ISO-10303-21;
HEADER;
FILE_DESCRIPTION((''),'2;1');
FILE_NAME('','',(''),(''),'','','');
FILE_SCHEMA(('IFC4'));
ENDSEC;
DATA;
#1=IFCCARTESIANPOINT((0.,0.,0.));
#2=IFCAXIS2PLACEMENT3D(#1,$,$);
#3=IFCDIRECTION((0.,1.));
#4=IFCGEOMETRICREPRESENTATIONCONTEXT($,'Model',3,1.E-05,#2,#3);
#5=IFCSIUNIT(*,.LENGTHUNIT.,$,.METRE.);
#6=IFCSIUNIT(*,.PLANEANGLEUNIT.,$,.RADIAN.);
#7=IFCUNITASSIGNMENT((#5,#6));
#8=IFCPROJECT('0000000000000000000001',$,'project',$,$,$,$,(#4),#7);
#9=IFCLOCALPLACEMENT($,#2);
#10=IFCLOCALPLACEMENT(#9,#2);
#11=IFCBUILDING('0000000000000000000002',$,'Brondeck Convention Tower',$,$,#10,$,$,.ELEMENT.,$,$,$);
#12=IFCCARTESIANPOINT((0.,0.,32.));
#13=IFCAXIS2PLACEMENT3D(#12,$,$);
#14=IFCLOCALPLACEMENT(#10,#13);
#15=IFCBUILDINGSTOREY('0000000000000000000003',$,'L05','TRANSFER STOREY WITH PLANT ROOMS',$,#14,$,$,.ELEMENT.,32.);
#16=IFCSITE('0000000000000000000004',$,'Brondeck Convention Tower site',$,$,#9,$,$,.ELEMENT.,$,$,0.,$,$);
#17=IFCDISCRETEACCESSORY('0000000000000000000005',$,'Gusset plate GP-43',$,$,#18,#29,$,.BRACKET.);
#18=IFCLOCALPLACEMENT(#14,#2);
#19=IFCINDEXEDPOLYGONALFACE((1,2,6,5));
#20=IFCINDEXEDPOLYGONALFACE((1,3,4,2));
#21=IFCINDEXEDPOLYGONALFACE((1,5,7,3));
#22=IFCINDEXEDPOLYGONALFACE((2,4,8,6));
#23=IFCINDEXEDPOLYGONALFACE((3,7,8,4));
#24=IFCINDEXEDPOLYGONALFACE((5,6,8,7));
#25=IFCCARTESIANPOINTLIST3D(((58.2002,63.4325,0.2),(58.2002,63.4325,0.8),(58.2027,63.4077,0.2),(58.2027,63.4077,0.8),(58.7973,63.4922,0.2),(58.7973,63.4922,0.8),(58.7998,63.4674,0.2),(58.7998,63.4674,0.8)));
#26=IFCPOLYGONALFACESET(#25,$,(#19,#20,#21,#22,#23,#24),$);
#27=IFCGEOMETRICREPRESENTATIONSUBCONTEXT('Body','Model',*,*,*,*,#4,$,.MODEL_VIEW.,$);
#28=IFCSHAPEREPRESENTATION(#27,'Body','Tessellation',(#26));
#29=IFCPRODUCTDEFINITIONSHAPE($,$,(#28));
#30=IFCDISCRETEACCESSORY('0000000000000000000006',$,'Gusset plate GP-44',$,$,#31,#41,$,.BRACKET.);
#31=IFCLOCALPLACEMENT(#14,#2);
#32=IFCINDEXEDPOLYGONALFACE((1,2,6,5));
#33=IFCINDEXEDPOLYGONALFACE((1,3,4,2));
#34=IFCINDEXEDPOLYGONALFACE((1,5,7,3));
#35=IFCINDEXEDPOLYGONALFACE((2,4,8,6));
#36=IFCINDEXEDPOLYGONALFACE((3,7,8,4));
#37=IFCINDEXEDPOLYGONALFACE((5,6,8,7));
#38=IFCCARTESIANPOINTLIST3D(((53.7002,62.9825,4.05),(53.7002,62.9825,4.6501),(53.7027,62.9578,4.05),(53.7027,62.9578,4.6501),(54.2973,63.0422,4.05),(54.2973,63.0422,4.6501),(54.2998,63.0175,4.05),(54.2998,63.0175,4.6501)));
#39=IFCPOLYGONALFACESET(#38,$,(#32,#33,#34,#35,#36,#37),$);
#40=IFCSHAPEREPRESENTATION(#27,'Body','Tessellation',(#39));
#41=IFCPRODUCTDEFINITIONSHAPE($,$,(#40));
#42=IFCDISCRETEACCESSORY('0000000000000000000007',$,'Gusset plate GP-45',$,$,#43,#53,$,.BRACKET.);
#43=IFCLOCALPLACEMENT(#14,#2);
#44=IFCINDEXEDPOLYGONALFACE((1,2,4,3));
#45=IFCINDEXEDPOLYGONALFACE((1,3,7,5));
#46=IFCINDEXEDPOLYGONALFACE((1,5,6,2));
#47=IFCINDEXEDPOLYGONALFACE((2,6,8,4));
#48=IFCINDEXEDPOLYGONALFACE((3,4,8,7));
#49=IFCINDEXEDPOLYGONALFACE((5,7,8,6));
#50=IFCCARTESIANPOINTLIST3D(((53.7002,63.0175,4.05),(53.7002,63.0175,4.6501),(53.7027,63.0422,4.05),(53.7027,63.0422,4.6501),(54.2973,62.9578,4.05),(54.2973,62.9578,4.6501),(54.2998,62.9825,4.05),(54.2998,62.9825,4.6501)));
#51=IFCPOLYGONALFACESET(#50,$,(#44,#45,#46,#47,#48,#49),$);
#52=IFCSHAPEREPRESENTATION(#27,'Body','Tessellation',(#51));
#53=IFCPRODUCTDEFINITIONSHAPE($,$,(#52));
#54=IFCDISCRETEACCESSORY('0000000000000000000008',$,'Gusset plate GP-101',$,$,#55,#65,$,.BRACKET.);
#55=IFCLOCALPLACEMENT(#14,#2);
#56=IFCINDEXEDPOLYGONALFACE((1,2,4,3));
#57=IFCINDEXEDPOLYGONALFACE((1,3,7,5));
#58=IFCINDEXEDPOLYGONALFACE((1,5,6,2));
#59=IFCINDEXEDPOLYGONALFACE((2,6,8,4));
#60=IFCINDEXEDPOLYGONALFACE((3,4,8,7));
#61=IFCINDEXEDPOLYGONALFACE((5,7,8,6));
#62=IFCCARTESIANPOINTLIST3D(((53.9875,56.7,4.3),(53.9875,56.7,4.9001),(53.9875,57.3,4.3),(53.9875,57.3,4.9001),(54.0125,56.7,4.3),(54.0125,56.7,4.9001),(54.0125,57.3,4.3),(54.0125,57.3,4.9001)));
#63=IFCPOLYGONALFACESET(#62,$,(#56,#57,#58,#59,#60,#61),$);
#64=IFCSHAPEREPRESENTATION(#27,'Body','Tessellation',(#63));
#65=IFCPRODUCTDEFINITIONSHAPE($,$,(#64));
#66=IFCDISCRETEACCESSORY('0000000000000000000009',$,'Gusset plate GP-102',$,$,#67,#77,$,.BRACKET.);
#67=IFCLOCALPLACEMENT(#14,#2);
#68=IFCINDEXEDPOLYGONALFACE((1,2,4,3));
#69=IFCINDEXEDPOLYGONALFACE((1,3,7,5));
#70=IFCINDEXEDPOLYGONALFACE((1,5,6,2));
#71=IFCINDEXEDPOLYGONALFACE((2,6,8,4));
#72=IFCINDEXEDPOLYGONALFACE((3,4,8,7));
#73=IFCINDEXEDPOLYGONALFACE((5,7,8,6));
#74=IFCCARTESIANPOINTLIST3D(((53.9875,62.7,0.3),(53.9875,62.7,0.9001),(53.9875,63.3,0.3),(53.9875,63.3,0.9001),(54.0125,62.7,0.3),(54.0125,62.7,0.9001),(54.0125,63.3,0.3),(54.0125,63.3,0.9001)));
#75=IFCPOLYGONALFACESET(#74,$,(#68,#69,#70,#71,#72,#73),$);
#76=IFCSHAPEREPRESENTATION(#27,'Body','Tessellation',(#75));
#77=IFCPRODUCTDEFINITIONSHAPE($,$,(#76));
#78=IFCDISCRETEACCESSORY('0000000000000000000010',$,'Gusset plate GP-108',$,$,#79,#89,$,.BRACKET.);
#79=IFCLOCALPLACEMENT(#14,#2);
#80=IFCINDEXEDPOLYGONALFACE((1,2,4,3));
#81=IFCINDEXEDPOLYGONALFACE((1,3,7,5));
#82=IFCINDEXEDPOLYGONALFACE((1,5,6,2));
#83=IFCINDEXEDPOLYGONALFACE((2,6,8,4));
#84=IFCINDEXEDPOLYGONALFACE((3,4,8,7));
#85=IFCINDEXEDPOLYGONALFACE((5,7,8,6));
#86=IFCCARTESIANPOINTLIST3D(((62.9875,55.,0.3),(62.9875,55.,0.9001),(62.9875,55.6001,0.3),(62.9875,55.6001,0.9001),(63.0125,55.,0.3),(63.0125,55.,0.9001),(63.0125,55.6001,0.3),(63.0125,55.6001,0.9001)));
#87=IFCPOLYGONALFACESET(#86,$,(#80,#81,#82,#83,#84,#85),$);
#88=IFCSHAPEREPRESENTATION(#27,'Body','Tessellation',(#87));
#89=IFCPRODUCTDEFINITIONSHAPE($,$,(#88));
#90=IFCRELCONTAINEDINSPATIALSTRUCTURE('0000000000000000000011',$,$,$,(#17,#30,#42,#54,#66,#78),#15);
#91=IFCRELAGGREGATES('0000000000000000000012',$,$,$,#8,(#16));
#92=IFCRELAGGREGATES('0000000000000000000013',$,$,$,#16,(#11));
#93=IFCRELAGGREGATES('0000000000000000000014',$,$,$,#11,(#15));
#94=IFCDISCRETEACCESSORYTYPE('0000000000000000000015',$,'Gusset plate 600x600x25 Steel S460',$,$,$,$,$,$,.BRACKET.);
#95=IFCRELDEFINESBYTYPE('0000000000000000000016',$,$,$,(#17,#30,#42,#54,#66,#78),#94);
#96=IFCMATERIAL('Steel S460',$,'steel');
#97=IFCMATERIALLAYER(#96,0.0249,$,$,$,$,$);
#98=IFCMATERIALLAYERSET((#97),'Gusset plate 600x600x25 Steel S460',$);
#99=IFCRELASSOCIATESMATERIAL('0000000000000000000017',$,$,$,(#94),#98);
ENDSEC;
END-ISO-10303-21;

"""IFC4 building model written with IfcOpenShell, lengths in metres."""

from ifc_helpers import new_model, si_unit, direction, frame, origin, origin_2d, place, context, subcontext, project, spatial, rectangle, extrude, material, layer, layer_set, type_object, element, save


model = new_model("IFC4")

# Units and contexts
model_context = context("Model", 3, precision=1e-05, world=origin(), true_north=direction((0.0, 1.0)))
body_context = subcontext(model_context, "Body", "Model", "MODEL_VIEW")
ifc_project = project(units=[si_unit("LENGTHUNIT", "METRE"), si_unit("PLANEANGLEUNIT", "RADIAN")], contexts=[model_context])

# Site, building, storey
site_placement = place(None, origin())
site = spatial("IfcSite", under=ifc_project, at=site_placement, Name="Brondeck Convention Tower site", CompositionType="ELEMENT", RefElevation=0.0)
building_placement = place(site_placement, origin())
building = spatial("IfcBuilding", under=site, at=building_placement, Name="Brondeck Convention Tower", CompositionType="ELEMENT")
storey_placement = place(building_placement, frame((0.0, 0.0, 32.0)))
storey = spatial("IfcBuildingStorey", under=building, at=storey_placement, Name="L05", Description="TRANSFER STOREY WITH PLANT ROOMS", CompositionType="ELEMENT", Elevation=32.0)

# Shared definitions
ifc_material_1 = material(Name="Steel S460", Category="steel")

# Discrete accessories
ifc_layer_1 = layer(ifc_material_1, 0.0249)
ifc_layer_set_1 = layer_set([ifc_layer_1], Name="Gusset plate 600x600x25 Steel S460")
discrete_accessory_type = type_object("IfcDiscreteAccessoryType", Name="Gusset plate 600x600x25 Steel S460", PredefinedType="BRACKET", material=ifc_layer_set_1)
for number, where, z_axis, x_axis, name in (
    (1, (58.5, 63.45, 0.2), (0.0, 0.0, 1.0), (0.995036, 0.099511, 0.0), "Gusset plate GP-43"),
    (2, (54.0, 63.0, 4.05), (0.0, 0.0, 1.0), (0.995036, 0.099511, 0.0), "Gusset plate GP-44"),
    (3, (54.0, 63.0, 4.05), (0.0, 0.0, 1.0), (-0.995036, 0.099511, 0.0), "Gusset plate GP-45"),
    (4, (54.0, 57.0, 4.3), (0.0, 0.0, 1.0), (0.0, 1.0, 0.0), "Gusset plate GP-101"),
    (5, (54.0, 63.0, 0.3), (0.0, 0.0, 1.0), (0.0, 1.0, 0.0), "Gusset plate GP-102"),
    (6, (63.0, 55.3, 0.3), (0.0, 0.0, 1.0), (0.0, 1.0, 0.0), "Gusset plate GP-108"),
):
    element("IfcDiscreteAccessory", number, at=place(storey_placement, frame(where, z_axis=z_axis, x_axis=x_axis)), inside=storey, type_object=discrete_accessory_type, Name=name, PredefinedType="BRACKET", context=body_context, shape_type="SweptSolid", body=[
        extrude(rectangle(XDim=0.6001, YDim=0.0249, at=origin_2d()), origin(), (0.0, 0.0, 1.0), 0.6001),
    ])

save(model, "model.ifc")
